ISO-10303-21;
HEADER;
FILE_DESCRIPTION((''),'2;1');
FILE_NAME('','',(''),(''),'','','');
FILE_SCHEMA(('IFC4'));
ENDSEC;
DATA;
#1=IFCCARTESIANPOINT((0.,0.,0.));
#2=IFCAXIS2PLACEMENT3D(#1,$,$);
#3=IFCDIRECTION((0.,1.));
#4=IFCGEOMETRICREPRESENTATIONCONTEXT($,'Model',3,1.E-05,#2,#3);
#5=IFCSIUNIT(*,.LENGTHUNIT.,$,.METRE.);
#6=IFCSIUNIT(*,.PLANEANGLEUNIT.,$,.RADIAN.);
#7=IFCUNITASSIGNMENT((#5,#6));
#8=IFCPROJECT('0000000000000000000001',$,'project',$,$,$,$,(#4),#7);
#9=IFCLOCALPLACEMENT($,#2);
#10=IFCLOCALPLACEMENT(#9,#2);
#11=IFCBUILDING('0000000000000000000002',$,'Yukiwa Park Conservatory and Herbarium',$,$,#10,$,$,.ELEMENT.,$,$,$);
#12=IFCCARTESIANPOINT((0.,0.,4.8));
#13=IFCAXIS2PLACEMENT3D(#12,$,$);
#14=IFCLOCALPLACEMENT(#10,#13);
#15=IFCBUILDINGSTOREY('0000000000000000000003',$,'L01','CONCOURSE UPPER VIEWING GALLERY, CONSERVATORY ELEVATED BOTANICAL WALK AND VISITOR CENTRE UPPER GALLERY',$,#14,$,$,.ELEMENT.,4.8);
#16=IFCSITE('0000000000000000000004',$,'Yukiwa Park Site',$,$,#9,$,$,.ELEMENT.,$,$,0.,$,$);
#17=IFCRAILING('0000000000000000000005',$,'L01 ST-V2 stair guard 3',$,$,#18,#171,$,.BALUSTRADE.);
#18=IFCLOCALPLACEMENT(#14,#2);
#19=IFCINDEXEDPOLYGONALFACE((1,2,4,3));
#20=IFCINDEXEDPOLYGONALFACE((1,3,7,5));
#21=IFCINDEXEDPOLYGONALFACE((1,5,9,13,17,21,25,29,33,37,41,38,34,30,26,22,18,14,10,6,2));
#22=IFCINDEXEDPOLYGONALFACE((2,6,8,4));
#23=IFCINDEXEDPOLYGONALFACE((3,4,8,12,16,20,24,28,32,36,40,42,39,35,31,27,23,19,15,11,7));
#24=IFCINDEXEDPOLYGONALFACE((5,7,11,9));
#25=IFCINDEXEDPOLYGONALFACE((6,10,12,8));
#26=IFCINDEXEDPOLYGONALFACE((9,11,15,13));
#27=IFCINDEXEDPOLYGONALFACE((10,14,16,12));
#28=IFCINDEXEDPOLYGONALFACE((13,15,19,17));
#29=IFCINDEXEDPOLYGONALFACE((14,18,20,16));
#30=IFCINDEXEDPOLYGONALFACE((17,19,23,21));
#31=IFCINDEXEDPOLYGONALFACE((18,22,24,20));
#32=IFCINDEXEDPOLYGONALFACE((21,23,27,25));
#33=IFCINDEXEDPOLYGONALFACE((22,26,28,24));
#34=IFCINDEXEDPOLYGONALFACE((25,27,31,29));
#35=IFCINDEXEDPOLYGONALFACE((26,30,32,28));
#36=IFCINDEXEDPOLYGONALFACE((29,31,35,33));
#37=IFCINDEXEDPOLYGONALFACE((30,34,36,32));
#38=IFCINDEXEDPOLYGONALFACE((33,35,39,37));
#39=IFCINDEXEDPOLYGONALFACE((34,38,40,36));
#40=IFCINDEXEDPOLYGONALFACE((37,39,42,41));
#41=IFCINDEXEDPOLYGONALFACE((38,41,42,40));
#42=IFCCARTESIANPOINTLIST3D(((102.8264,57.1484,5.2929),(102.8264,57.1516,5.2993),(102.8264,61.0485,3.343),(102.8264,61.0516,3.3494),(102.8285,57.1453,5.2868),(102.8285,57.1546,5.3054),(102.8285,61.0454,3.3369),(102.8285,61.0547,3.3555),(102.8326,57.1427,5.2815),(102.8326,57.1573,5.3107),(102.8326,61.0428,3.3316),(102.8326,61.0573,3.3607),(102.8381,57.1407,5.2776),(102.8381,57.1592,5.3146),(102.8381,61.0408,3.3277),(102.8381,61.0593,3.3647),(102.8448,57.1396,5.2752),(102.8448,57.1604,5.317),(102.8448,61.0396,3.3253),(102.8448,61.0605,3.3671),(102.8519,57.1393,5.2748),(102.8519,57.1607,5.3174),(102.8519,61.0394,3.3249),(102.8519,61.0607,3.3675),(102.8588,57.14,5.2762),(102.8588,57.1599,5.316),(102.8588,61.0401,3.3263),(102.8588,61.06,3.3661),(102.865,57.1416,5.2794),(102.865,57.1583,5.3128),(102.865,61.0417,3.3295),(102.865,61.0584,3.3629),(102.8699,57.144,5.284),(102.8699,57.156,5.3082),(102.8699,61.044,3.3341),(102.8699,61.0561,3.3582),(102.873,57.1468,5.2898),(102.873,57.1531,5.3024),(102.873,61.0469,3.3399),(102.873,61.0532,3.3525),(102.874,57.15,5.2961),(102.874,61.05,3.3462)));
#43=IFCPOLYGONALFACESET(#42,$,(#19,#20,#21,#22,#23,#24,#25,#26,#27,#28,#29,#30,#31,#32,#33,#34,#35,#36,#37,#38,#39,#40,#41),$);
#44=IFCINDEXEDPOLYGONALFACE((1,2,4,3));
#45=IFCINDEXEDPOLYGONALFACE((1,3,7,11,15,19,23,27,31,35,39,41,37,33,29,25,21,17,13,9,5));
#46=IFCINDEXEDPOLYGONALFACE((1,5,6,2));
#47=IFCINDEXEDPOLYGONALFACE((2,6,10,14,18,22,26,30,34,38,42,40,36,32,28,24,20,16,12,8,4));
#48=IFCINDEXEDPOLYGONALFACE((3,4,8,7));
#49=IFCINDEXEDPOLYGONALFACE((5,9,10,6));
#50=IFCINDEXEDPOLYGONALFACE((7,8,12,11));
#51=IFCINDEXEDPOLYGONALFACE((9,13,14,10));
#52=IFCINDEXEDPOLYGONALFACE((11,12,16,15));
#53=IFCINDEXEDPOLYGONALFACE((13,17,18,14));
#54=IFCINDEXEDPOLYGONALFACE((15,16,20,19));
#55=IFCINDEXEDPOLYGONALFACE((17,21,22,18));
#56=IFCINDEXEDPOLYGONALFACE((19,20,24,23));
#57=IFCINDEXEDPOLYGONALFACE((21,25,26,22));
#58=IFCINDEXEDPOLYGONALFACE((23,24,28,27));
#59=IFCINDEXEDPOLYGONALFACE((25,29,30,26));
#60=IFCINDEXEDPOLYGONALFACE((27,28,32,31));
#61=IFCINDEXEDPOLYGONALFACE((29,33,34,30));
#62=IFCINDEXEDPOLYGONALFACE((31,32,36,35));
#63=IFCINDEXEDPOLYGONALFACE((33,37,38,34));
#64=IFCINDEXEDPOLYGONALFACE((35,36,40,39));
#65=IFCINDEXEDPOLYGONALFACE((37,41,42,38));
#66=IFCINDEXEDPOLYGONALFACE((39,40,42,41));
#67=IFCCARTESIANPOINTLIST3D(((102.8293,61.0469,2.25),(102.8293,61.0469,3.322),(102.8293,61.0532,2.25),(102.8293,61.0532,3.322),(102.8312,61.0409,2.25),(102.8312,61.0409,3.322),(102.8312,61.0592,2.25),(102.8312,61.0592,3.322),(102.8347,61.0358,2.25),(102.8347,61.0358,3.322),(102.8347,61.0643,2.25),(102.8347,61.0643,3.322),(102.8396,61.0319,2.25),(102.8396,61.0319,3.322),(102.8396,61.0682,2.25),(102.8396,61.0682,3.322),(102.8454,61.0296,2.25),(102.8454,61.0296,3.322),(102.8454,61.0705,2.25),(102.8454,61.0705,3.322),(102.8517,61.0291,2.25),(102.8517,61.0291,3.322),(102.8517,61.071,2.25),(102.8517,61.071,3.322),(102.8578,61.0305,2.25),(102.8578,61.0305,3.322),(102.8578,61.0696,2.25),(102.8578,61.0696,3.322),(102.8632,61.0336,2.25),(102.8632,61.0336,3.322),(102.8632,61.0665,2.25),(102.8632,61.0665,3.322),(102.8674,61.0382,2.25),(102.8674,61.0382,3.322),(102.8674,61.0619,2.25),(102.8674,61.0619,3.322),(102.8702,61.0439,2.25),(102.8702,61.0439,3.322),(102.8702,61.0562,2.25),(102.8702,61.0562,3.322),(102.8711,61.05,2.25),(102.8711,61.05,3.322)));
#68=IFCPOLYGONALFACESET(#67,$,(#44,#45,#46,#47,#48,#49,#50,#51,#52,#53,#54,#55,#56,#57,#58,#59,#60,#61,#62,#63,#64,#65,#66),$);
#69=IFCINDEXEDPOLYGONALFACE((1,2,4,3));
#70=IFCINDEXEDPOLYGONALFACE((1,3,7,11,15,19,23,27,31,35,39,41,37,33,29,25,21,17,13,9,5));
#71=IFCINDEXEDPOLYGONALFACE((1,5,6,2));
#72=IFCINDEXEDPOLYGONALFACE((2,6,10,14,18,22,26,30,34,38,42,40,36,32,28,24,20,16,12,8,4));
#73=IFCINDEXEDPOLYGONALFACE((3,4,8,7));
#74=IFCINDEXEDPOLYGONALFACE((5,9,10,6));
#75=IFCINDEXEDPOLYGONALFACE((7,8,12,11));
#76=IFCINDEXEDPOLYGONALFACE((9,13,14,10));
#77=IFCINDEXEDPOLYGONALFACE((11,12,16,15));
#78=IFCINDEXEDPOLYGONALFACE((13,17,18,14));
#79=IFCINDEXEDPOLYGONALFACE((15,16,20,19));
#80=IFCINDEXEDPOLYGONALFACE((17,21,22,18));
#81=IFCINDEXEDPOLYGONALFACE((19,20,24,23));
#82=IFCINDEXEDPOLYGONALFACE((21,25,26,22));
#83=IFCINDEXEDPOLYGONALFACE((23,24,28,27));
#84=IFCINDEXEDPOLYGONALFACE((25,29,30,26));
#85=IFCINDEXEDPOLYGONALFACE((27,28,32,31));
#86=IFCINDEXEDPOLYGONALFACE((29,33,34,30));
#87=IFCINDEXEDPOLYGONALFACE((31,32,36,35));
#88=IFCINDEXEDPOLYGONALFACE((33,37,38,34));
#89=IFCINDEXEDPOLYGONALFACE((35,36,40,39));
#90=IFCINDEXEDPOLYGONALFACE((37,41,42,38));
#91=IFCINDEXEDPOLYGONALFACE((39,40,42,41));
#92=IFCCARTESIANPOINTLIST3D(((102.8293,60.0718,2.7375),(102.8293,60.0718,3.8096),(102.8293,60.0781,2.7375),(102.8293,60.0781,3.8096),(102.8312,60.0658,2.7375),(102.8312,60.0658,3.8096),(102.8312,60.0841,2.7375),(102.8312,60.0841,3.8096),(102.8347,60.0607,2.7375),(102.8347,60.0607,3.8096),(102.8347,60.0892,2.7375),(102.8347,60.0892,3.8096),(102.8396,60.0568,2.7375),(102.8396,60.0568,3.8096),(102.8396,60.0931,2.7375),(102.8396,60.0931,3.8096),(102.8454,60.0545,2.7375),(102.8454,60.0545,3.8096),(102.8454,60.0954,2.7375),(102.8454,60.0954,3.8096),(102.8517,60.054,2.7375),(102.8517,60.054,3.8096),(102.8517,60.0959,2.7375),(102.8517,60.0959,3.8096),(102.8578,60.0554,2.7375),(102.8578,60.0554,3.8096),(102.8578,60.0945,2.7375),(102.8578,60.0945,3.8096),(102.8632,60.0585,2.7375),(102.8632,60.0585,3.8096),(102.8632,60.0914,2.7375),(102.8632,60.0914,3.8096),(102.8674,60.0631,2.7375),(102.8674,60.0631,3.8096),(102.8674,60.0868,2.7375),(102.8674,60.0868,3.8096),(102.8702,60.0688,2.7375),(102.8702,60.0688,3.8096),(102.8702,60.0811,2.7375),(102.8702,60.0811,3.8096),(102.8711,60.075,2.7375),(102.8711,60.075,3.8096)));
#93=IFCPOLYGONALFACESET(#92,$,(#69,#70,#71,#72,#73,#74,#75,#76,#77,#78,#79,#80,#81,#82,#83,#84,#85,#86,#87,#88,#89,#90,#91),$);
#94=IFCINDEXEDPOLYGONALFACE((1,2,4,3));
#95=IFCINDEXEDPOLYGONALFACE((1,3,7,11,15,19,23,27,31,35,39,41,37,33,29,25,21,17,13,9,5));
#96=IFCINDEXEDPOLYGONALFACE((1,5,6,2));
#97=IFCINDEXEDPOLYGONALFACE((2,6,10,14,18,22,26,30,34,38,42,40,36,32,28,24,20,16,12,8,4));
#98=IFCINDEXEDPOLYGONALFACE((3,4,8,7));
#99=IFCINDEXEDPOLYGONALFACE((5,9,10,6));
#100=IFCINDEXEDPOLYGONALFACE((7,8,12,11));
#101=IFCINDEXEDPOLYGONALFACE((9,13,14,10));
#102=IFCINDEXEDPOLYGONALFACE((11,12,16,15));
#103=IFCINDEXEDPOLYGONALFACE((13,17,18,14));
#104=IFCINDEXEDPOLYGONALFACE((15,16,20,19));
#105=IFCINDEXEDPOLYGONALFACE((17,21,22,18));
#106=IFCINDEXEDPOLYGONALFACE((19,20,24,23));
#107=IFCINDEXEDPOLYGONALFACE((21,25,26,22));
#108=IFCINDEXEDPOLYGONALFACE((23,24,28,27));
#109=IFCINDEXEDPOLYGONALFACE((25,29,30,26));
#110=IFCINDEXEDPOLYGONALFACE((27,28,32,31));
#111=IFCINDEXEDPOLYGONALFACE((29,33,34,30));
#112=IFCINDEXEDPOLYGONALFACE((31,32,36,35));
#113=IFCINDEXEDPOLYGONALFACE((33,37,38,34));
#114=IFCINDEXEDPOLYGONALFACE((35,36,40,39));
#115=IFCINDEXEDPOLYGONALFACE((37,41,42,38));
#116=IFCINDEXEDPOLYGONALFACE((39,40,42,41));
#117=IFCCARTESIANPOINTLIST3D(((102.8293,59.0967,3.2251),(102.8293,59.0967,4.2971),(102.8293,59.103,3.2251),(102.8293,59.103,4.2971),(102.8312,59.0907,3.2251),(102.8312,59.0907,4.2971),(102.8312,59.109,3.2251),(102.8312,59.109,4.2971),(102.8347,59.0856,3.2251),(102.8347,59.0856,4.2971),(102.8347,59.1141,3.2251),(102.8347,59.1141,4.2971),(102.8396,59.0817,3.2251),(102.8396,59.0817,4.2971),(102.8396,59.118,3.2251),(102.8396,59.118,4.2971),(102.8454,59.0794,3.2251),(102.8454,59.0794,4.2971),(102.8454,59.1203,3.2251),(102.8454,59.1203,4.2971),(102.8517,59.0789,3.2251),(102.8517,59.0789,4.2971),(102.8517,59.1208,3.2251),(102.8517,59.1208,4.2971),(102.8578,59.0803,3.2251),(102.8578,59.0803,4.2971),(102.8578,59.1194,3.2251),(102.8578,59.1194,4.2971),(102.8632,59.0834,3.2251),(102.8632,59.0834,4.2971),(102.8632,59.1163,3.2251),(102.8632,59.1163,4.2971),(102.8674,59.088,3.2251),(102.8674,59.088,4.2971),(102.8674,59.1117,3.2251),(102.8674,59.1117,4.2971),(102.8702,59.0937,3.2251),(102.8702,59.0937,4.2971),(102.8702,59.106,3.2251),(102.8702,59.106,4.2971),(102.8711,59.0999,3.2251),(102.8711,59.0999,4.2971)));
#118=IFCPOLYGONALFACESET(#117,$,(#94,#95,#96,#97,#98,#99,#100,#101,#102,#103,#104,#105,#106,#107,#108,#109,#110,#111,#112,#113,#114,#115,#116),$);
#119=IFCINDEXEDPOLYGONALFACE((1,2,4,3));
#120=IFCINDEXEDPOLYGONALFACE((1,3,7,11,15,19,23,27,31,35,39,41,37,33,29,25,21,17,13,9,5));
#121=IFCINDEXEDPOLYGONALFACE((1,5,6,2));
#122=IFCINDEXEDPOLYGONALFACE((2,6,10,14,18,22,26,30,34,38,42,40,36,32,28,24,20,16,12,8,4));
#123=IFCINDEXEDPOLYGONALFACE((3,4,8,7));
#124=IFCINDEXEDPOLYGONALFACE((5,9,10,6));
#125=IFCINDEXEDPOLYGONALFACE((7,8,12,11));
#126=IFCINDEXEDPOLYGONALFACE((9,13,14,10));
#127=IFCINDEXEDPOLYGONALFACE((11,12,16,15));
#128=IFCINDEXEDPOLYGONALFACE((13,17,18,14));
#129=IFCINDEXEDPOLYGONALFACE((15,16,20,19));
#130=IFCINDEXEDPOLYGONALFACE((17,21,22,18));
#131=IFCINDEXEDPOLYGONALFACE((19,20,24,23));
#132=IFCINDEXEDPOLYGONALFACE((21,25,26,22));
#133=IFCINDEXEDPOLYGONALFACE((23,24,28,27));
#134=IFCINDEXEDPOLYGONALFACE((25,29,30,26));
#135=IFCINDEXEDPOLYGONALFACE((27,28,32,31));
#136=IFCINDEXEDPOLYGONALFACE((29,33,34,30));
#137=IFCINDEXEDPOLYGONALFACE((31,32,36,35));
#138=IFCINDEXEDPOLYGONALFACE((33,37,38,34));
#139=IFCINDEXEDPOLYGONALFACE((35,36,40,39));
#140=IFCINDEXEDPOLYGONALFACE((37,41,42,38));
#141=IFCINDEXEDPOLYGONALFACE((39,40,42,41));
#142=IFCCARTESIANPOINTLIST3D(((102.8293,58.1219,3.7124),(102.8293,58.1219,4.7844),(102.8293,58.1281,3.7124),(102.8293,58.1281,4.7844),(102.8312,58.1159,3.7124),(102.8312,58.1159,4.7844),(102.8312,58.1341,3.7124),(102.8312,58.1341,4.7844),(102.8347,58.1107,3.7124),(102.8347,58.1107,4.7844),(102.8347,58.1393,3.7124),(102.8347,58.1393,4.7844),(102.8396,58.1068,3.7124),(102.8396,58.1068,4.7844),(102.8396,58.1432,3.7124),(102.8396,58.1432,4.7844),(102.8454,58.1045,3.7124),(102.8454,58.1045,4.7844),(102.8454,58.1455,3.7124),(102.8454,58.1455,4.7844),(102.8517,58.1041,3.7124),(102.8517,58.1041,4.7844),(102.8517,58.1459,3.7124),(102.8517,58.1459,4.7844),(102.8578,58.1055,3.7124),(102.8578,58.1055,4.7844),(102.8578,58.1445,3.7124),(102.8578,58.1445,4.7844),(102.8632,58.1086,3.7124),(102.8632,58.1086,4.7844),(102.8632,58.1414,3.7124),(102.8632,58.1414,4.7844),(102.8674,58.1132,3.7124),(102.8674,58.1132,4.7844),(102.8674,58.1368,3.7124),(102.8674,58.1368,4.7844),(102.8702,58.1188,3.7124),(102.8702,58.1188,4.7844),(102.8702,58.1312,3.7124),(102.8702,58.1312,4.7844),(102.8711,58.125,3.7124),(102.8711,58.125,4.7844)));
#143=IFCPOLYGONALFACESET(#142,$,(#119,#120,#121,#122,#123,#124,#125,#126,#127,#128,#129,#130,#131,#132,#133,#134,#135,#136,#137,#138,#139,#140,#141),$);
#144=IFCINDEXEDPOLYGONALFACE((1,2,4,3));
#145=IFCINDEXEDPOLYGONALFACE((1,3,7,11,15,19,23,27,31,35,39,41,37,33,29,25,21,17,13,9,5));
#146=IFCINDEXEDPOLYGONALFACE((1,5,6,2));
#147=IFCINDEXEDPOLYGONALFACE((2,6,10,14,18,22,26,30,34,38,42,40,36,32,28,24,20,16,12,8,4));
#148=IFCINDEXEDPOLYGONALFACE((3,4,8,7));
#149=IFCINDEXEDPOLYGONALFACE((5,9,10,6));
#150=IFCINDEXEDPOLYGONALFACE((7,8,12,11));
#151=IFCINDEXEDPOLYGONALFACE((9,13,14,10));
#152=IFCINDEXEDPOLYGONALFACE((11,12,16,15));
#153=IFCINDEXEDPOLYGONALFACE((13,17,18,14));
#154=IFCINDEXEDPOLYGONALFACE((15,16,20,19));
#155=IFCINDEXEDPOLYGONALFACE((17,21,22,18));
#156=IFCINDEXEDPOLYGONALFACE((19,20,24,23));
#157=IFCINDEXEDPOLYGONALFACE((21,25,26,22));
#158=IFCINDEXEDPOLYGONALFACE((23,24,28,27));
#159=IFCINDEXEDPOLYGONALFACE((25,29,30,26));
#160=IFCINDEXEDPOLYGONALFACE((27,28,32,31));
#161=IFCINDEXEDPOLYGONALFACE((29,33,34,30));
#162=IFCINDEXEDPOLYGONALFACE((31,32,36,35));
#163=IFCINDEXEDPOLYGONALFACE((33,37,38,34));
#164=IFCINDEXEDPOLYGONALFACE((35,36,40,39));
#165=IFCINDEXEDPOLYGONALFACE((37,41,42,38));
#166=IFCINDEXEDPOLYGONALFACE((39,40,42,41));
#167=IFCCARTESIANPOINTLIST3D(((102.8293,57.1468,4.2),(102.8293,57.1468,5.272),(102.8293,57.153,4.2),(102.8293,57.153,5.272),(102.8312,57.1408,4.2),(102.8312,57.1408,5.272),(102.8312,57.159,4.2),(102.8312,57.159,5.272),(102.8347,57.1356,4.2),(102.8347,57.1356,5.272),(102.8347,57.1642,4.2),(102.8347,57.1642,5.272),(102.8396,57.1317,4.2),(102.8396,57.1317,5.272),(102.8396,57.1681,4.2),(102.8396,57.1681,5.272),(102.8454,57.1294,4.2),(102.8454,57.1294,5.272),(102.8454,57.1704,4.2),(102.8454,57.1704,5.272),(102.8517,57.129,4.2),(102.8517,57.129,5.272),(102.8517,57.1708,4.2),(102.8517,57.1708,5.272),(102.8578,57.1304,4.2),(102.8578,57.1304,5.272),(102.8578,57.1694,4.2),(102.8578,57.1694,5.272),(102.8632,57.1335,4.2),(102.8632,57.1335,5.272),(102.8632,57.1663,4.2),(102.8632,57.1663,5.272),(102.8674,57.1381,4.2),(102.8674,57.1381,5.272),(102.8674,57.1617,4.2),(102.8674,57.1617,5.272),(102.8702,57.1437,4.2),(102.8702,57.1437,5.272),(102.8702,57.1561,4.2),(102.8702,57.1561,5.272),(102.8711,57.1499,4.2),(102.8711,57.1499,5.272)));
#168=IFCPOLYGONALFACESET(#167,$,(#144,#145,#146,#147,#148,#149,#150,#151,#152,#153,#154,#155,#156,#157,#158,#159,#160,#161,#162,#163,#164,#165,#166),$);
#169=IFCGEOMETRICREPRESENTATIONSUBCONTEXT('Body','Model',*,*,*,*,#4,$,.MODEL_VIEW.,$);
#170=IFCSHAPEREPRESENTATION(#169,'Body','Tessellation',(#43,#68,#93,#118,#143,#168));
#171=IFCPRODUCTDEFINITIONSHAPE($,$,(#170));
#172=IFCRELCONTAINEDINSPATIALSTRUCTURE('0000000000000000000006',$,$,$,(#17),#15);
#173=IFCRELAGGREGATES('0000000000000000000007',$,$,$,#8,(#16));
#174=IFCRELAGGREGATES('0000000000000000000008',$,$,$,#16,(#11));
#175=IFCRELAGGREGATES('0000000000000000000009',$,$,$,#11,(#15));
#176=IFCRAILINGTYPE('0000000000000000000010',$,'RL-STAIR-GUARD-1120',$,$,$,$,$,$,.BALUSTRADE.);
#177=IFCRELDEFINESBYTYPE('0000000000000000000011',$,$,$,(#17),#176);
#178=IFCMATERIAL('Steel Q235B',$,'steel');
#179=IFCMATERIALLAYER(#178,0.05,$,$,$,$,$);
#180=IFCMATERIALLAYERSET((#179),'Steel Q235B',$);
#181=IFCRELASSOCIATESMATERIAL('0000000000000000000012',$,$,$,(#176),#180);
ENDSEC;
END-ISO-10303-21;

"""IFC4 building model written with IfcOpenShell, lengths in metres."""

from ifc_helpers import new_model, si_unit, direction, frame, origin, origin_2d, place, context, subcontext, project, spatial, circle, extrude, material, layer, layer_set, type_object, element, save


model = new_model("IFC4")

# Units and contexts
model_context = context("Model", 3, precision=1e-05, world=origin(), true_north=direction((0.0, 1.0)))
body_context = subcontext(model_context, "Body", "Model", "MODEL_VIEW")
ifc_project = project(units=[si_unit("LENGTHUNIT", "METRE"), si_unit("PLANEANGLEUNIT", "RADIAN")], contexts=[model_context])

# Site, building, storey
site_placement = place(None, origin())
site = spatial("IfcSite", under=ifc_project, at=site_placement, Name="Yukiwa Park Site", CompositionType="ELEMENT", RefElevation=0.0)
building_placement = place(site_placement, origin())
building = spatial("IfcBuilding", under=site, at=building_placement, Name="Yukiwa Park Conservatory and Herbarium", CompositionType="ELEMENT")
storey_placement = place(building_placement, frame((0.0, 0.0, 4.8)))
storey = spatial("IfcBuildingStorey", under=building, at=storey_placement, Name="L01", Description="CONCOURSE UPPER VIEWING GALLERY, CONSERVATORY ELEVATED BOTANICAL WALK AND VISITOR CENTRE UPPER GALLERY", CompositionType="ELEMENT", Elevation=4.8)

# Railing
ifc_material_1 = material(Name="Steel Q235B", Category="steel")
ifc_layer_1 = layer(ifc_material_1, 0.05)
ifc_layer_set_1 = layer_set([ifc_layer_1], Name="Steel Q235B")
railing_type_1 = type_object("IfcRailingType", Name="RL-STAIR-GUARD-1120", PredefinedType="BALUSTRADE", material=ifc_layer_set_1)
railing_1_placement = place(storey_placement, frame((102.8501, 61.05, 2.25)))
element("IfcRailing", 1, at=railing_1_placement, inside=storey, type_object=railing_type_1, Name="L01 ST-V2 stair guard 3", PredefinedType="BALUSTRADE", context=body_context, shape_type="SweptSolid", body=[
    extrude(circle(Radius=0.0239, at=origin_2d()), frame((0.0, 0.0, 1.0962), z_axis=(0.0, -0.894438, 0.447191), x_axis=(1.0, 0.0, 0.0)), (0.0, 0.0, 1.0), 4.3604),
    extrude(circle(Radius=0.021, at=origin_2d()), origin(), (0.0, 0.0, 1.0), 1.072),
    extrude(circle(Radius=0.021, at=origin_2d()), frame((0.0, -0.9751, 0.4875)), (0.0, 0.0, 1.0), 1.072),
    extrude(circle(Radius=0.021, at=origin_2d()), frame((0.0, -1.9502, 0.9751)), (0.0, 0.0, 1.0), 1.072),
    extrude(circle(Radius=0.021, at=origin_2d()), frame((0.0, -2.925, 1.4624)), (0.0, 0.0, 1.0), 1.072),
    extrude(circle(Radius=0.021, at=origin_2d()), frame((0.0, -3.9001, 1.95)), (0.0, 0.0, 1.0), 1.072),
])

save(model, "model.ifc")
